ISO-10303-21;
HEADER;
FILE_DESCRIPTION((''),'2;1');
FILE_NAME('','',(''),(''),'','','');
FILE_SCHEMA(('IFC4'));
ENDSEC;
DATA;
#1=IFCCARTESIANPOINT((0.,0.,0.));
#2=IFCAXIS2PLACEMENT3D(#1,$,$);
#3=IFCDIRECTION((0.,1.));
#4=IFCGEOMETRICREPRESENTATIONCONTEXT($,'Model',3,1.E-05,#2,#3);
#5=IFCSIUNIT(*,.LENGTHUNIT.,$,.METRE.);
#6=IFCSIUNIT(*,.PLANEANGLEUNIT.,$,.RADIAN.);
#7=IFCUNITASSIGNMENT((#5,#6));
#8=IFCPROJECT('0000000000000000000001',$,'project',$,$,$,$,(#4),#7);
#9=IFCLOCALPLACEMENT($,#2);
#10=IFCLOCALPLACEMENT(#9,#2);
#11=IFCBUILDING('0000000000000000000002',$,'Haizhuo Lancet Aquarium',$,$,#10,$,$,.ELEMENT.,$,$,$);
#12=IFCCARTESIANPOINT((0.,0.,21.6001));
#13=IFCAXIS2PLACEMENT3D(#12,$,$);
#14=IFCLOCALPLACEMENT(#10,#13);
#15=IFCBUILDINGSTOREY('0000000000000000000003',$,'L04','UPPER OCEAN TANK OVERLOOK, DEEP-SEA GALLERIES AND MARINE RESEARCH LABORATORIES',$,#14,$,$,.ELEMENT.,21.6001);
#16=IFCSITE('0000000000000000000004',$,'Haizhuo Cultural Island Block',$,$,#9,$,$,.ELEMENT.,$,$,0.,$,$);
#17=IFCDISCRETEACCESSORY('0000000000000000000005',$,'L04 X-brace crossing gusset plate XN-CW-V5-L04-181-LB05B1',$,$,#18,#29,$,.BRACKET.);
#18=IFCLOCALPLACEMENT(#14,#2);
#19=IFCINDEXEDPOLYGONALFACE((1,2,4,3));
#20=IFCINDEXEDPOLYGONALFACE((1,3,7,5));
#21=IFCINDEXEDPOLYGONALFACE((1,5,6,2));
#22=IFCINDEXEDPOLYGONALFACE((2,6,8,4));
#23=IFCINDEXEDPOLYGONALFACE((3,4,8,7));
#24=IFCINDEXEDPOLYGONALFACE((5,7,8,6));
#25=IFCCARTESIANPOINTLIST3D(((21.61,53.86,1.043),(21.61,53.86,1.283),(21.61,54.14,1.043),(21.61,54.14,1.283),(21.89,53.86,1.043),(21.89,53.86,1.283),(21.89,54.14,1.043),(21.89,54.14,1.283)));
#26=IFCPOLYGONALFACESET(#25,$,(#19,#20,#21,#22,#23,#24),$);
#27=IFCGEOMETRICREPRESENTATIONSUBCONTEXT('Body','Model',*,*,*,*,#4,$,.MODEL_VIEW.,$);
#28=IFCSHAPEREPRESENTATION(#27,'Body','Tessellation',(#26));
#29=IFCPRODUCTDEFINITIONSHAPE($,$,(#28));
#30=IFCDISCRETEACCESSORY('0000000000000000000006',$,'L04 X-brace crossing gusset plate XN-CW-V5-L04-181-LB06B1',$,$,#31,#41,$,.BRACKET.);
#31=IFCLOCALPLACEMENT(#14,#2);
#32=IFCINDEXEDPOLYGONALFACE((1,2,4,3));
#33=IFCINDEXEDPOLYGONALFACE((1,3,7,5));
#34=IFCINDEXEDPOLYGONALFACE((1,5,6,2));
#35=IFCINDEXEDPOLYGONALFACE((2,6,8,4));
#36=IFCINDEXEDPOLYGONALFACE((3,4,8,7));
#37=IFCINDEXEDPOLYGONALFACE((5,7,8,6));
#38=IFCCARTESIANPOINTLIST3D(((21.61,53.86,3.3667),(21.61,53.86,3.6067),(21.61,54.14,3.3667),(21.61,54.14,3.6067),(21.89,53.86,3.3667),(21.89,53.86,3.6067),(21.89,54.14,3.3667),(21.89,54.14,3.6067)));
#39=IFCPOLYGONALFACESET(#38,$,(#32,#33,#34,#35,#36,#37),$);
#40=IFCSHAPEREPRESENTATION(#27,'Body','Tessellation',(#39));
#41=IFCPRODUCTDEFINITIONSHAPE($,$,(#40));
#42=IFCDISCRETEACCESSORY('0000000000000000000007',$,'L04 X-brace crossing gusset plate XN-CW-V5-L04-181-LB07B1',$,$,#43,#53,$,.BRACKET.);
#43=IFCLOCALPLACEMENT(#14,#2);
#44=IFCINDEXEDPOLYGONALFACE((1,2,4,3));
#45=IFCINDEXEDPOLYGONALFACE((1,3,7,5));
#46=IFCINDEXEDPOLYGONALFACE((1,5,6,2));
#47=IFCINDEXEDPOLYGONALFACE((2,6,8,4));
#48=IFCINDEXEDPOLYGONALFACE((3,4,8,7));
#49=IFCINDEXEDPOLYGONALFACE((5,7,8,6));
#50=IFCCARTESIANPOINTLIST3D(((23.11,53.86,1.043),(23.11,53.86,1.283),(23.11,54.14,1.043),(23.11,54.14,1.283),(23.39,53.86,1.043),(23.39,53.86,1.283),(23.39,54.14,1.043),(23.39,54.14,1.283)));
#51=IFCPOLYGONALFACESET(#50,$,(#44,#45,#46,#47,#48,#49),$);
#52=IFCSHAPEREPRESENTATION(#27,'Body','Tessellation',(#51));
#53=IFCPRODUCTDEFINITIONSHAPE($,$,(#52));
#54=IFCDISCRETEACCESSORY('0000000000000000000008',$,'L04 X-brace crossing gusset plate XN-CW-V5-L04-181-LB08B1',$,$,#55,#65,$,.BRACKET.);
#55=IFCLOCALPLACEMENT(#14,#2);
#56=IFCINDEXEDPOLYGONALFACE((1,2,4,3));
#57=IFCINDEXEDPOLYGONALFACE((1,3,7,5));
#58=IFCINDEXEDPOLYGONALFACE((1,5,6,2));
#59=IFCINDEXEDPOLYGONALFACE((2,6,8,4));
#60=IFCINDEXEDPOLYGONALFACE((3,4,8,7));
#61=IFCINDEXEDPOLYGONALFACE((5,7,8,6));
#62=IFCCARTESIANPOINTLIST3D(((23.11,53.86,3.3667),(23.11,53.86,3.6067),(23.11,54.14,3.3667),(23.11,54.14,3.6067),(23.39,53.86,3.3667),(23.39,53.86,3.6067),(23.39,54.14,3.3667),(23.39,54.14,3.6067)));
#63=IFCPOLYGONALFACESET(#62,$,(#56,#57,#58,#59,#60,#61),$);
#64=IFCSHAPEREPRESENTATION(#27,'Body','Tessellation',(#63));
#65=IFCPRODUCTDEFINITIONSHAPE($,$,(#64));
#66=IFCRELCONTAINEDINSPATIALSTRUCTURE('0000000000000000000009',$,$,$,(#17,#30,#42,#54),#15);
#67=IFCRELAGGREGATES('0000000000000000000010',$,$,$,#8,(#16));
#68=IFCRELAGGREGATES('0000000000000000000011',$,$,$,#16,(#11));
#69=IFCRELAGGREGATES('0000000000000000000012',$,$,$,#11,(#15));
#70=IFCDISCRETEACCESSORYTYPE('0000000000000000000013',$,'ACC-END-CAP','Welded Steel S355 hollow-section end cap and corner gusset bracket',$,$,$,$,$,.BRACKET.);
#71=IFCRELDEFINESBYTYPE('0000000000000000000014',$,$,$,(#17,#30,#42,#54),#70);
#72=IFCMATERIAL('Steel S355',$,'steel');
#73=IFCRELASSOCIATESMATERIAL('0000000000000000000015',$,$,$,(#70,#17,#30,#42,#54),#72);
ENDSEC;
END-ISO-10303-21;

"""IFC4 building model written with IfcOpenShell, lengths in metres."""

from ifc_helpers import new_model, si_unit, direction, frame, origin, origin_2d, place, context, subcontext, project, spatial, rectangle, extrude, material, type_object, element, save


model = new_model("IFC4")

# Units and contexts
model_context = context("Model", 3, precision=1e-05, world=origin(), true_north=direction((0.0, 1.0)))
body_context = subcontext(model_context, "Body", "Model", "MODEL_VIEW")
ifc_project = project(units=[si_unit("LENGTHUNIT", "METRE"), si_unit("PLANEANGLEUNIT", "RADIAN")], contexts=[model_context])

# Site, building, storey
site_placement = place(None, origin())
site = spatial("IfcSite", under=ifc_project, at=site_placement, Name="Haizhuo Cultural Island Block", CompositionType="ELEMENT", RefElevation=0.0)
building_placement = place(site_placement, origin())
building = spatial("IfcBuilding", under=site, at=building_placement, Name="Haizhuo Lancet Aquarium", CompositionType="ELEMENT")
storey_placement = place(building_placement, frame((0.0, 0.0, 21.6001)))
storey = spatial("IfcBuildingStorey", under=building, at=storey_placement, Name="L04", Description="UPPER OCEAN TANK OVERLOOK, DEEP-SEA GALLERIES AND MARINE RESEARCH LABORATORIES", CompositionType="ELEMENT", Elevation=21.6001)

# Shared definitions
ifc_material_1 = material(Name="Steel S355", Category="steel")

# Discrete accessories
discrete_accessory_type = type_object("IfcDiscreteAccessoryType", Name="ACC-END-CAP", Description="Welded Steel S355 hollow-section end cap and corner gusset bracket", PredefinedType="BRACKET", material=ifc_material_1)
for number, where, z_axis, x_axis, name in (
    (1, (21.75, 54.0, 1.043), (0.0, 0.0, 1.0), (1.0, 0.0, 0.0), "L04 X-brace crossing gusset plate XN-CW-V5-L04-181-LB05B1"),
    (2, (21.75, 54.0, 3.3667), (0.0, 0.0, 1.0), (1.0, 0.0, 0.0), "L04 X-brace crossing gusset plate XN-CW-V5-L04-181-LB06B1"),
    (3, (23.25, 54.0, 1.043), (0.0, 0.0, 1.0), (1.0, 0.0, 0.0), "L04 X-brace crossing gusset plate XN-CW-V5-L04-181-LB07B1"),
    (4, (23.25, 54.0, 3.3667), (0.0, 0.0, 1.0), (1.0, 0.0, 0.0), "L04 X-brace crossing gusset plate XN-CW-V5-L04-181-LB08B1"),
):
    element("IfcDiscreteAccessory", number, at=place(storey_placement, frame(where, z_axis=z_axis, x_axis=x_axis)), inside=storey, type_object=discrete_accessory_type, material=ifc_material_1, Name=name, PredefinedType="BRACKET", context=body_context, shape_type="SweptSolid", body=[
        extrude(rectangle(XDim=0.28, YDim=0.28, at=origin_2d()), origin(), (0.0, 0.0, 1.0), 0.24),
    ])

save(model, "model.ifc")
